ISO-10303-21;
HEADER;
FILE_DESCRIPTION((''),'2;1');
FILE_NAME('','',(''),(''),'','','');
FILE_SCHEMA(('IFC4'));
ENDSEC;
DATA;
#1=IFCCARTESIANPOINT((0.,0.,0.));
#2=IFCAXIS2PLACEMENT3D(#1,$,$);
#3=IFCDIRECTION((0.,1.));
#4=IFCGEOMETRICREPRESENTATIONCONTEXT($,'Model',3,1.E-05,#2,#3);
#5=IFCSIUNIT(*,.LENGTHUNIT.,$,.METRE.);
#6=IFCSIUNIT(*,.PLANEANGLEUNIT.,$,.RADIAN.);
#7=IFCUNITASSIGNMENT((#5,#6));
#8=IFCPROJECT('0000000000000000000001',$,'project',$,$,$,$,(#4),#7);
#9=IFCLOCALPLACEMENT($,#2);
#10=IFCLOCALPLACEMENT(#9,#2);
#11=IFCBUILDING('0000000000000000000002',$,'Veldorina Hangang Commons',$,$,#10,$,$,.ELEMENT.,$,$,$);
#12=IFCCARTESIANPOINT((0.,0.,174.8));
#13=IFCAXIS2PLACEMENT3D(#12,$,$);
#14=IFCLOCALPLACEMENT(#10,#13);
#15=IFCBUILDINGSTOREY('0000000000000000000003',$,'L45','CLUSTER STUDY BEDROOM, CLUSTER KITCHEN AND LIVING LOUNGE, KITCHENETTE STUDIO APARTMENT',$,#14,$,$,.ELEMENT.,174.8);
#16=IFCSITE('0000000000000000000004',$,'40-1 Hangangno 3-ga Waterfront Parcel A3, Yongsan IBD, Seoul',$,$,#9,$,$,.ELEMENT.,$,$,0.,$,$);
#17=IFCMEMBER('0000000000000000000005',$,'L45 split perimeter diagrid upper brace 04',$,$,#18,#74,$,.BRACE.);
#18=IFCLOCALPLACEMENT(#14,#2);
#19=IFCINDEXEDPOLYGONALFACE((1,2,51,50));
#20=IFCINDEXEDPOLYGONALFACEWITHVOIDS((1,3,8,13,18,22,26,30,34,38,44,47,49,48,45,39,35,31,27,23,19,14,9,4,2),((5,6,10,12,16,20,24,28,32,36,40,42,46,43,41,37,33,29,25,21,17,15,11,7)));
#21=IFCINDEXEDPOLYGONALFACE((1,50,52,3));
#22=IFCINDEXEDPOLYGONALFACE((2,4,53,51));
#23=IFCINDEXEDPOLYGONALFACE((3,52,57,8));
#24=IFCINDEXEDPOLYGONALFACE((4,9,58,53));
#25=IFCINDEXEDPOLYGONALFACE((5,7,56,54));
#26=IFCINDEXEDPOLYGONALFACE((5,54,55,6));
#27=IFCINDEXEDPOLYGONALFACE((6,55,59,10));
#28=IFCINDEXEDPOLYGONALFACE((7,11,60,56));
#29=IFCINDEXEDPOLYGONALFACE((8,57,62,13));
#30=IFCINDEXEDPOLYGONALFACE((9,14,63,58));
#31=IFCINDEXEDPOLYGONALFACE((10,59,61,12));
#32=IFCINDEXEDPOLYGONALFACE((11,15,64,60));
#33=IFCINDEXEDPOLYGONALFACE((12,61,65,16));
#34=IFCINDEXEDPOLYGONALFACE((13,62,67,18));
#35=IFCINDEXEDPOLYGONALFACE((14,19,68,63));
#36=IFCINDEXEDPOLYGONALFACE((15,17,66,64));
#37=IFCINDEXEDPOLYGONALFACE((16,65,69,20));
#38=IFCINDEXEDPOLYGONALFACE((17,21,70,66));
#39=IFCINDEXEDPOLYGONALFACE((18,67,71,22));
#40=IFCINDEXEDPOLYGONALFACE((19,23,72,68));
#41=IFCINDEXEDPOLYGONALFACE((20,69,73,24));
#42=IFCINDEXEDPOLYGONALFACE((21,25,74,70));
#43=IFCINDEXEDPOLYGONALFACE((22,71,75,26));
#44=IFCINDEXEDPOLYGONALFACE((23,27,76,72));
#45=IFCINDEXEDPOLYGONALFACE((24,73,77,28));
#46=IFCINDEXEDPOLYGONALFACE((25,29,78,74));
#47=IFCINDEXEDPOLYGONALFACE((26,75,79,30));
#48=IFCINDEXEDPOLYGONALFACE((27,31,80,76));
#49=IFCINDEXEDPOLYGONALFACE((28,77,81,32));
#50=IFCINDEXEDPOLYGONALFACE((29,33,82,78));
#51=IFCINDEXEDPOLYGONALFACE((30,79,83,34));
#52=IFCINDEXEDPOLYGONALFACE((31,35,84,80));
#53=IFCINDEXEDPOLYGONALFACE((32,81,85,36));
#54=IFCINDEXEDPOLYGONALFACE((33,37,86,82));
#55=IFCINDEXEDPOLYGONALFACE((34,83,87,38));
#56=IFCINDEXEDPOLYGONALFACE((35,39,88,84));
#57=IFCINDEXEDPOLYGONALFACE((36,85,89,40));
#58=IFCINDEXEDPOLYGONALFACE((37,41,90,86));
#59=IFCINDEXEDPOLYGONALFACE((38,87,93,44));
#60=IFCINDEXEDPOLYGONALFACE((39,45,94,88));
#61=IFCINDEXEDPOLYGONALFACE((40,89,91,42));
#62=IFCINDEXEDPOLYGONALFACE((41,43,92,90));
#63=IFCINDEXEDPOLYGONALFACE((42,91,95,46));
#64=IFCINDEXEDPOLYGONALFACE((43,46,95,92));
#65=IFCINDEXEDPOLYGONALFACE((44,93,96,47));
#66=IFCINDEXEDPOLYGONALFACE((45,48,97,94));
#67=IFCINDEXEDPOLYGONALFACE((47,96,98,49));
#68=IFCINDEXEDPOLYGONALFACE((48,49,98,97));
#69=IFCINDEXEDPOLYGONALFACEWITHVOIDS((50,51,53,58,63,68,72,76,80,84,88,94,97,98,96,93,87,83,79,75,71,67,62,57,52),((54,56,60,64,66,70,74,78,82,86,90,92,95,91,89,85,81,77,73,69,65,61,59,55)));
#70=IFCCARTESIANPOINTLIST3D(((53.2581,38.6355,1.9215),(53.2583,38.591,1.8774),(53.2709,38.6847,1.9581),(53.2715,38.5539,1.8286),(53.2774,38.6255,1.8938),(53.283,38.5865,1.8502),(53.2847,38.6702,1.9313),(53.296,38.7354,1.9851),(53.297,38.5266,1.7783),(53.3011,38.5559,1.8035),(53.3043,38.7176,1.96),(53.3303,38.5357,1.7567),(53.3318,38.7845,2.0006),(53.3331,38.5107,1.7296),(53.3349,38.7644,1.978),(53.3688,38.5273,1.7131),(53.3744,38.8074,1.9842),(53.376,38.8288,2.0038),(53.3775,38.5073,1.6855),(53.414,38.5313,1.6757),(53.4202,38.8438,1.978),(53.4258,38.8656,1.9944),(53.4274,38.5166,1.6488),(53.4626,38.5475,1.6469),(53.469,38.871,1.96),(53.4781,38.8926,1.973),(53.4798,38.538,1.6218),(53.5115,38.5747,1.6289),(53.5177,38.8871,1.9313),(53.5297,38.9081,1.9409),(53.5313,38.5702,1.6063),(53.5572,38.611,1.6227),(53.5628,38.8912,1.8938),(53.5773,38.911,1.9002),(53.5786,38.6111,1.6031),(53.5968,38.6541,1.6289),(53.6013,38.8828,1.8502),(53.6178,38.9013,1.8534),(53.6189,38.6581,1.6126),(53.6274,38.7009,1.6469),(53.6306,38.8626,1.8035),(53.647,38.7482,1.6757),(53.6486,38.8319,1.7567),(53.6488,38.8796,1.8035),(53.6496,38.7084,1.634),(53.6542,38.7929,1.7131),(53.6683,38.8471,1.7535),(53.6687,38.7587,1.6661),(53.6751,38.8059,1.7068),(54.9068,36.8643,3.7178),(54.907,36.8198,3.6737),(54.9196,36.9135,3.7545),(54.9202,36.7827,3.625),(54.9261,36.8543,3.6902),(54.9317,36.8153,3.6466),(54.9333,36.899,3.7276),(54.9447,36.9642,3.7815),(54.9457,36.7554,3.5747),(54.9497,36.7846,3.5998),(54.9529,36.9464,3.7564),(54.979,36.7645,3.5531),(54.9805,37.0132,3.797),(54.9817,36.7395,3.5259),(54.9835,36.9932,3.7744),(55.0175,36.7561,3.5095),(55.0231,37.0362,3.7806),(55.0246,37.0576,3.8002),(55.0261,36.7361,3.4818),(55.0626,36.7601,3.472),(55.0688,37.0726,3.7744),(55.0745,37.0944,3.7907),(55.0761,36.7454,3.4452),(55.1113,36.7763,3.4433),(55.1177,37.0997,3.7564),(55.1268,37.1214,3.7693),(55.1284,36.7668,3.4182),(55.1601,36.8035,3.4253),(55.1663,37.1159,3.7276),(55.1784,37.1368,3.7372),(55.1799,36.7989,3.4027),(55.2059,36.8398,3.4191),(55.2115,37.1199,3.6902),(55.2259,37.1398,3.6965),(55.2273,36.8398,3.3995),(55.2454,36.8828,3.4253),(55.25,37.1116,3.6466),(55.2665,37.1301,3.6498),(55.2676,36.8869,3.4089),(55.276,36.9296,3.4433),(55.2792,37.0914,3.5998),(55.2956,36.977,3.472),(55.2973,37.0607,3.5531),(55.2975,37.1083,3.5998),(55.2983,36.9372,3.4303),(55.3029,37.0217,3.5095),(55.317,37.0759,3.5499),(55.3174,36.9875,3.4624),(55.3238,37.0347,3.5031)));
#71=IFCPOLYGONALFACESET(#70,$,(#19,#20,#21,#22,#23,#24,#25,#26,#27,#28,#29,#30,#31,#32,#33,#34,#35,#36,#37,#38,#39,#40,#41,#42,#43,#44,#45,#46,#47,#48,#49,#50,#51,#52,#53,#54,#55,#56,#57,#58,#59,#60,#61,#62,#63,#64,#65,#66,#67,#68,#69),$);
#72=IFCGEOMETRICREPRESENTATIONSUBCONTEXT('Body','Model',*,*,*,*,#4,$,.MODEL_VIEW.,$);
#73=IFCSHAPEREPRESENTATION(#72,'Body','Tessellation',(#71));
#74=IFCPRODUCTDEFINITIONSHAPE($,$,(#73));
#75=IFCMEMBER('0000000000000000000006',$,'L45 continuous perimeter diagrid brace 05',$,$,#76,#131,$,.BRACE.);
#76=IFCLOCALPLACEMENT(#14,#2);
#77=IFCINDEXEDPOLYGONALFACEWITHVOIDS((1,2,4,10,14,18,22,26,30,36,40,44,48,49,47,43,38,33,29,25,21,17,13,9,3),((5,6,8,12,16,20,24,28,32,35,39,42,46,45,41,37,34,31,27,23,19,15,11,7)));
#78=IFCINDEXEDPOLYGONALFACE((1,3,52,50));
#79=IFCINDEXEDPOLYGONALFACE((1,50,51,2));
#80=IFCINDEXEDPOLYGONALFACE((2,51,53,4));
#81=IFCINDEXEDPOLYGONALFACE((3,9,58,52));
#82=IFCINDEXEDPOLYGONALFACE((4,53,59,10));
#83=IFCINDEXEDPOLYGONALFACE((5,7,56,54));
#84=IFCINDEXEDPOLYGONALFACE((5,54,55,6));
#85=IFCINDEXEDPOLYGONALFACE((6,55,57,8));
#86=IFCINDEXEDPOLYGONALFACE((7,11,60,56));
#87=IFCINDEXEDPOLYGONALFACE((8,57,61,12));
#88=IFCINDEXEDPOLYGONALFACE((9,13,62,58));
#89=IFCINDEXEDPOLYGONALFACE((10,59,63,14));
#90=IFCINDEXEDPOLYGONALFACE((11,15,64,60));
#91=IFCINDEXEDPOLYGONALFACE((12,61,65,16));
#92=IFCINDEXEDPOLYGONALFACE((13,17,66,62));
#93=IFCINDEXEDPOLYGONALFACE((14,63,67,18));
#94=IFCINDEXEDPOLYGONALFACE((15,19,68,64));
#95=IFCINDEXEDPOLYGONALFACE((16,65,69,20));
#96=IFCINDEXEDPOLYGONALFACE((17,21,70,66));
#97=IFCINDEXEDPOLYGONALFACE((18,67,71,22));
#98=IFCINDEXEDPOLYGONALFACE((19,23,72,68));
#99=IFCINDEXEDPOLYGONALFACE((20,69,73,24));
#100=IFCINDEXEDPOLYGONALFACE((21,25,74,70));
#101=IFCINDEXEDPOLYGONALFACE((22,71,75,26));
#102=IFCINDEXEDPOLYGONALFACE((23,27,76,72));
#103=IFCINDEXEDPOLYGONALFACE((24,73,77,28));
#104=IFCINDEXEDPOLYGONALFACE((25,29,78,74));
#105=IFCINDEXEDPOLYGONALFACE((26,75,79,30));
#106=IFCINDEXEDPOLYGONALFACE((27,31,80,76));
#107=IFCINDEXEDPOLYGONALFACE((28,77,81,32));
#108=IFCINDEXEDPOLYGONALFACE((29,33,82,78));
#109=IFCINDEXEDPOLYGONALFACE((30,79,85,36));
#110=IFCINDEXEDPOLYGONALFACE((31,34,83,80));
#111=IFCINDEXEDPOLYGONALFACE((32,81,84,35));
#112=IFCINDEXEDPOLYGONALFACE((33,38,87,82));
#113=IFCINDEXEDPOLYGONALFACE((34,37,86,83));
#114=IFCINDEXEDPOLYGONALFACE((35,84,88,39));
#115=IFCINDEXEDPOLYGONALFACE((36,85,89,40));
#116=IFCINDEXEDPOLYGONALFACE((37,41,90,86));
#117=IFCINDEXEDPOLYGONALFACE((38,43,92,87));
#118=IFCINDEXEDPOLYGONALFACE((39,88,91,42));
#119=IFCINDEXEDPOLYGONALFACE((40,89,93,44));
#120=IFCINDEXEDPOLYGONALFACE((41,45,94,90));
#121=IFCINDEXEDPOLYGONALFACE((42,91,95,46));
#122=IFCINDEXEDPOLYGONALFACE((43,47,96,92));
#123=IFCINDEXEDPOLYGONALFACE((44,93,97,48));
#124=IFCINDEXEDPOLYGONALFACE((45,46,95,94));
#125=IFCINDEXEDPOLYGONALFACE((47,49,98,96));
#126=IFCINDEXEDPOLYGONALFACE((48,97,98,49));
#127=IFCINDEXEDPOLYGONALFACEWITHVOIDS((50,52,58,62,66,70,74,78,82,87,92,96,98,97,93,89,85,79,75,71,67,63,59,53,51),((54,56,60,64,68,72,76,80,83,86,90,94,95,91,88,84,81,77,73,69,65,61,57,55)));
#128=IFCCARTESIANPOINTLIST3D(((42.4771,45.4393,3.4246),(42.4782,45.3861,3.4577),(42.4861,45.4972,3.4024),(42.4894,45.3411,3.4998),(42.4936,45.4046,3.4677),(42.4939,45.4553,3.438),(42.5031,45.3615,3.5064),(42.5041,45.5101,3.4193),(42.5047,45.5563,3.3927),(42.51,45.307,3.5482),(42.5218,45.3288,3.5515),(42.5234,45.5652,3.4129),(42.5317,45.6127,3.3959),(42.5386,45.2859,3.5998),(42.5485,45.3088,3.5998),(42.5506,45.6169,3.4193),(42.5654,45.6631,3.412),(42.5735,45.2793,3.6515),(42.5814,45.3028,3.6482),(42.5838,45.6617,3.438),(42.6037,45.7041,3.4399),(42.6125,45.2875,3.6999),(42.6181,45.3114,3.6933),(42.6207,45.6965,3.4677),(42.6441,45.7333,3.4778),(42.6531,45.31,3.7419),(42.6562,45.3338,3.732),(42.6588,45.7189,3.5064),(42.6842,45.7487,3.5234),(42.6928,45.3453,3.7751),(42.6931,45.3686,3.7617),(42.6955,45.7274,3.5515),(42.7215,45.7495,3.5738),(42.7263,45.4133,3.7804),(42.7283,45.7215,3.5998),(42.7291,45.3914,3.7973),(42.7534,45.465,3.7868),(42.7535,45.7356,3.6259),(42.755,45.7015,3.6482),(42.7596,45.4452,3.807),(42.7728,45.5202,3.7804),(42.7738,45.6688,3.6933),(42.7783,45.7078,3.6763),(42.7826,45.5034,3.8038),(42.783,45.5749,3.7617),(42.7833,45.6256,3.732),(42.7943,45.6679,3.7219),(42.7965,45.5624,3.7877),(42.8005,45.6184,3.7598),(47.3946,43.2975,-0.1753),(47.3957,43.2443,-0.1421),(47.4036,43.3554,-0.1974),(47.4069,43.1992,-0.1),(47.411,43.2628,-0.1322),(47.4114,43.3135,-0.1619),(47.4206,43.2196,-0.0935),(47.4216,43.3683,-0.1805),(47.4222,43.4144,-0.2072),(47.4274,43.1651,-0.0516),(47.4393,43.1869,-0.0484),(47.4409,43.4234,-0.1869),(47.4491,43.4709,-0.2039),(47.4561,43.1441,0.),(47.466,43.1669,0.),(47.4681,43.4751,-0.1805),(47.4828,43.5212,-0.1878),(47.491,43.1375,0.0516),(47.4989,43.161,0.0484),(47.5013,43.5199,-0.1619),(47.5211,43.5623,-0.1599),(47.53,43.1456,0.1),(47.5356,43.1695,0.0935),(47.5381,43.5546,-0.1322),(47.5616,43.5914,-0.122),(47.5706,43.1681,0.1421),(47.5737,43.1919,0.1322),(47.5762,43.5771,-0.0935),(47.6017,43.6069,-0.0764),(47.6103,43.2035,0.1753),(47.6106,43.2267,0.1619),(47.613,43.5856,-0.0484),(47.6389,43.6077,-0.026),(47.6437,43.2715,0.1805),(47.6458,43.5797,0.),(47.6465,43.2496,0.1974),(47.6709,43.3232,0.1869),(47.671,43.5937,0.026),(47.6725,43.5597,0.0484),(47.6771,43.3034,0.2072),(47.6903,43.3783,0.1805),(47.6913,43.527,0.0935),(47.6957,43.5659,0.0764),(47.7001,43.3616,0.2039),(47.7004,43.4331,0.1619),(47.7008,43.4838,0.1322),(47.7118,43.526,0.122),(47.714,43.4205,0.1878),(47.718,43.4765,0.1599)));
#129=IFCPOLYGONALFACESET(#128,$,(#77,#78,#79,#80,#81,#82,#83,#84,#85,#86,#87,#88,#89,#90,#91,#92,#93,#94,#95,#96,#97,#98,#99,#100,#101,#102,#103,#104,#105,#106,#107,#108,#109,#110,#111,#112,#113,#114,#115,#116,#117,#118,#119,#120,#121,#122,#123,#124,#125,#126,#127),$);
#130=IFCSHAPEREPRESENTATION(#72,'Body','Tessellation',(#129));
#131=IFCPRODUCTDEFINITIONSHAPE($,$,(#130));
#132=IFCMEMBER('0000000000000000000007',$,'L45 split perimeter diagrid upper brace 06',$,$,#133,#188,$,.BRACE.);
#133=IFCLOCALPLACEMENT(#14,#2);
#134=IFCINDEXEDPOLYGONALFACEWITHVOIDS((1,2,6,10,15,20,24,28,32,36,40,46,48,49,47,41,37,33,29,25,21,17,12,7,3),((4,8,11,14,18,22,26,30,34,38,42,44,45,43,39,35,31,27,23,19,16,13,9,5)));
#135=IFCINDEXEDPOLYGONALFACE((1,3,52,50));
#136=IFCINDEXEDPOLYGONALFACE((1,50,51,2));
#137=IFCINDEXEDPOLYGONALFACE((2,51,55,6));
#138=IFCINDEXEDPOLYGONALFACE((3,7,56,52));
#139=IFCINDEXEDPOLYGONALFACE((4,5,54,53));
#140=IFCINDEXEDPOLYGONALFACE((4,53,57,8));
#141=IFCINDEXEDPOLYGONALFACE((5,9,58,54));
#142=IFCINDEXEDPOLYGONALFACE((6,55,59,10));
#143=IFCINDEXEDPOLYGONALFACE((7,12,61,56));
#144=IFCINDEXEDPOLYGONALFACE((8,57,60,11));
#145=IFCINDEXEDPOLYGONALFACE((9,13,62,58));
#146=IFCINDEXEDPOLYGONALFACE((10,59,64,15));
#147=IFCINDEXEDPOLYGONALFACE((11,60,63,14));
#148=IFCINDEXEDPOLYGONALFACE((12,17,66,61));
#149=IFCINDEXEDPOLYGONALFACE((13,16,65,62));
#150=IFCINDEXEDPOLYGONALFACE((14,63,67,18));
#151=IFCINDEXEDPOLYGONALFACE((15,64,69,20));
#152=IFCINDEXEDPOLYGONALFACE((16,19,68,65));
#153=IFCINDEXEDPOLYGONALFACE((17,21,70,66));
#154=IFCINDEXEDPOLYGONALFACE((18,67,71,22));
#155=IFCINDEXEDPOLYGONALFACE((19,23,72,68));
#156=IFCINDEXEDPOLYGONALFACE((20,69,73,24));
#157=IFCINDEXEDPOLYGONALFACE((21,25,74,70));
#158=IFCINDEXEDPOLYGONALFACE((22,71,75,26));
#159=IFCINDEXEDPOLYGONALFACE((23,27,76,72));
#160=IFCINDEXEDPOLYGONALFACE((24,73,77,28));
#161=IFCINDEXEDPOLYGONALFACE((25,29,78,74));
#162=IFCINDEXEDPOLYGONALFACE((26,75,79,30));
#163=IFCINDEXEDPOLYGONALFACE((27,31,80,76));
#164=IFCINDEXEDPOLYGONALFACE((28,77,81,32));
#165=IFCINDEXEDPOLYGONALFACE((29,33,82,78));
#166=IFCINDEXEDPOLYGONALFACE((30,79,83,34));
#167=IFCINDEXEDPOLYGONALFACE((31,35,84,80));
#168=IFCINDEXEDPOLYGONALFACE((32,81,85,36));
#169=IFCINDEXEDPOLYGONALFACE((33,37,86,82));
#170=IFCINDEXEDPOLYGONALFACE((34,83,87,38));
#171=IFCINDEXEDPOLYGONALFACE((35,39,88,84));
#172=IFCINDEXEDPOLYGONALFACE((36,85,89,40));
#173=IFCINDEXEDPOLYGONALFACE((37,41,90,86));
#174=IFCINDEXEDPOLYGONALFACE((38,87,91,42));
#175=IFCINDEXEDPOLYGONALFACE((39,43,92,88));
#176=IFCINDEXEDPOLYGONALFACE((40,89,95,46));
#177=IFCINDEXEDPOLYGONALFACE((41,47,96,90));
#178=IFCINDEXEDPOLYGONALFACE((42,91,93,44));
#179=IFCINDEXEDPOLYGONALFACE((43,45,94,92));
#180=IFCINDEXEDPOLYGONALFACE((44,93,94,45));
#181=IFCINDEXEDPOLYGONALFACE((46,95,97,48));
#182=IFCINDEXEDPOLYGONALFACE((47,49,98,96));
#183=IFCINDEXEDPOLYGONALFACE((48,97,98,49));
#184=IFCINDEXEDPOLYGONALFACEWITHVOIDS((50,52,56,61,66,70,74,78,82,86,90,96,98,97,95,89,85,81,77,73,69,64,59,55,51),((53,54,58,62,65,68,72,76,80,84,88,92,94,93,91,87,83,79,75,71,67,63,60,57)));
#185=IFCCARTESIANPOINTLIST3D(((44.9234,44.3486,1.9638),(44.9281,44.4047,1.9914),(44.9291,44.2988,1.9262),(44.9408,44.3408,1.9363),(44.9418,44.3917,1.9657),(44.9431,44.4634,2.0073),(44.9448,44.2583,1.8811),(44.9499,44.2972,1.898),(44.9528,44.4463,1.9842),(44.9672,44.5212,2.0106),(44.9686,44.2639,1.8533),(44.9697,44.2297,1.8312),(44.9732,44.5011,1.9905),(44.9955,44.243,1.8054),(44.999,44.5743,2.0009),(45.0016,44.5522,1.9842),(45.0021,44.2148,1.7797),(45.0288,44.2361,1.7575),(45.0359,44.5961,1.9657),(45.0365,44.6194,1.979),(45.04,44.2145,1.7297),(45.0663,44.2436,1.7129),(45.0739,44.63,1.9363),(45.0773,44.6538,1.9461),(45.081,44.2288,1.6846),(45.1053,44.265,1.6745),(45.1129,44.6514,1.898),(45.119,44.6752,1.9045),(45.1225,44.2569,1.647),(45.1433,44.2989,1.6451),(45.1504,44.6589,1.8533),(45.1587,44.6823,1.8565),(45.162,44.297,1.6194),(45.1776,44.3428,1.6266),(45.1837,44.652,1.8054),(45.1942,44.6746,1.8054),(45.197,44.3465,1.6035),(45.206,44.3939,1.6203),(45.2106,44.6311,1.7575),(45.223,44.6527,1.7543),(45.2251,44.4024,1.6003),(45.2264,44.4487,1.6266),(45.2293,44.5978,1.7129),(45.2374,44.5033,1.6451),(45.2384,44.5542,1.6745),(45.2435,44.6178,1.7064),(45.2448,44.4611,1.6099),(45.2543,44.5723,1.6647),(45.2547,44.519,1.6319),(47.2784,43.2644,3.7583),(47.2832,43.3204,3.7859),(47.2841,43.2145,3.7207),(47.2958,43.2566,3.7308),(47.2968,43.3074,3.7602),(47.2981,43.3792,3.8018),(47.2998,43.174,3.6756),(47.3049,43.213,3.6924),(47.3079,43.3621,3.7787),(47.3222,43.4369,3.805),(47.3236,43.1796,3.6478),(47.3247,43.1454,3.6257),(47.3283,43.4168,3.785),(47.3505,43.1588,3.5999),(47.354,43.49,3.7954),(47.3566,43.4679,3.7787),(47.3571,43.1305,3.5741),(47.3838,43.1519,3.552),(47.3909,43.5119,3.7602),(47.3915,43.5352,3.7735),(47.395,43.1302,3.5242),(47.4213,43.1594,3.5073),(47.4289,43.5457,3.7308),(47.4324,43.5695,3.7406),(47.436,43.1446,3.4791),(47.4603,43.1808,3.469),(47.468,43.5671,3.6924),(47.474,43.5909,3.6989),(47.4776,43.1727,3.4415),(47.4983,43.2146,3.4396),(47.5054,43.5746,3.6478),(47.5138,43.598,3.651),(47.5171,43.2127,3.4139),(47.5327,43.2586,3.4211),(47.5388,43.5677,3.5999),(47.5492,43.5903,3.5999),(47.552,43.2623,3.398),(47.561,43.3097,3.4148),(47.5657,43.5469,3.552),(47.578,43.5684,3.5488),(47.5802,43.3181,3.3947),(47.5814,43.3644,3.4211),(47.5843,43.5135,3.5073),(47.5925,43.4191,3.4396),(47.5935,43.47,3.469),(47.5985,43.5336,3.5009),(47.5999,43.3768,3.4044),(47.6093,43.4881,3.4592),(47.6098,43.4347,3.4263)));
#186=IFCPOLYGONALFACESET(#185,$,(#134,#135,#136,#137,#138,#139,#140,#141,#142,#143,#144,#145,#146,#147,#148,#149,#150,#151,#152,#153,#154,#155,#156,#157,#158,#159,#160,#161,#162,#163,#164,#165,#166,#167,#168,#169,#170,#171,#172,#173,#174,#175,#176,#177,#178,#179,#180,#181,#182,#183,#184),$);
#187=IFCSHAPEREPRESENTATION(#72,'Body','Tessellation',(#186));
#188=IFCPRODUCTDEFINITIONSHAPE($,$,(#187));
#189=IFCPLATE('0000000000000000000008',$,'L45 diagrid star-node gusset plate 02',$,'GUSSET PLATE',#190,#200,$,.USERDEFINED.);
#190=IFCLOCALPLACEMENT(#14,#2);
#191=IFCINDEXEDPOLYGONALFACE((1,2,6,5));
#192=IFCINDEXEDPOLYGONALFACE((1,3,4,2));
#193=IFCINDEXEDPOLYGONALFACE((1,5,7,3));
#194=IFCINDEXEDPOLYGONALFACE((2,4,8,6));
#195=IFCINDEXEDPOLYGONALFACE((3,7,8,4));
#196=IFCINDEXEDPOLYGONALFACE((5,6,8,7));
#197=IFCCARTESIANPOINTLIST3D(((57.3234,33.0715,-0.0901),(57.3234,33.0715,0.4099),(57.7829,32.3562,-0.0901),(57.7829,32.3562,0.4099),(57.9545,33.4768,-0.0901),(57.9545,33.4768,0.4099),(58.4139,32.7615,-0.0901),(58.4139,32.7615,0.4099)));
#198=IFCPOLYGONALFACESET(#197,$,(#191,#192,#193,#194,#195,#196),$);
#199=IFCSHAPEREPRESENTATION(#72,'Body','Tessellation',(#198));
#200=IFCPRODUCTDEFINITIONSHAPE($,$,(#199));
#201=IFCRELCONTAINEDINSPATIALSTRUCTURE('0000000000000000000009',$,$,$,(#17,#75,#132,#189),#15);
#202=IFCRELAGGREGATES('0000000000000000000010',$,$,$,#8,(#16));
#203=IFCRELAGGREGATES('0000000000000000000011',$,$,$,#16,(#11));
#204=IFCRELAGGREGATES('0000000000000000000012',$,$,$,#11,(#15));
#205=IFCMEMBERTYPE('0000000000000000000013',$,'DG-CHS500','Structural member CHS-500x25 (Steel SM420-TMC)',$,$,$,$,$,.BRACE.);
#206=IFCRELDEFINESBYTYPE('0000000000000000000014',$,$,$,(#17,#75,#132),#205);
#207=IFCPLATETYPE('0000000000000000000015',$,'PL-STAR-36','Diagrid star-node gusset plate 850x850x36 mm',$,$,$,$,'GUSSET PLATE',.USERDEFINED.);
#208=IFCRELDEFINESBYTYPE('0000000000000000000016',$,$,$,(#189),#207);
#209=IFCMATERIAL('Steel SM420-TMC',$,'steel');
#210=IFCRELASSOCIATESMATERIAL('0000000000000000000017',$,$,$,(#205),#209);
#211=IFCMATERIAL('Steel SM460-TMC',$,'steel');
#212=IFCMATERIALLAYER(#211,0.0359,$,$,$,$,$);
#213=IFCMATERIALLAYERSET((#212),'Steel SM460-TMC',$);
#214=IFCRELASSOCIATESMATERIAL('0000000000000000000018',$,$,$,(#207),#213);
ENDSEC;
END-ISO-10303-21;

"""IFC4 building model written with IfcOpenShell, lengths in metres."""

from ifc_helpers import new_model, si_unit, direction, frame, origin, origin_2d, place, context, subcontext, project, spatial, rectangle, hollow_circle, extrude, material, layer, layer_set, material_profile, profile_set, type_object, element, save


model = new_model("IFC4")

# Units and contexts
model_context = context("Model", 3, precision=1e-05, world=origin(), true_north=direction((0.0, 1.0)))
body_context = subcontext(model_context, "Body", "Model", "MODEL_VIEW")
ifc_project = project(units=[si_unit("LENGTHUNIT", "METRE"), si_unit("PLANEANGLEUNIT", "RADIAN")], contexts=[model_context])

# Site, building, storey
site_placement = place(None, origin())
site = spatial("IfcSite", under=ifc_project, at=site_placement, Name="40-1 Hangangno 3-ga Waterfront Parcel A3, Yongsan IBD, Seoul", CompositionType="ELEMENT", RefElevation=0.0)
building_placement = place(site_placement, origin())
building = spatial("IfcBuilding", under=site, at=building_placement, Name="Veldorina Hangang Commons", CompositionType="ELEMENT")
storey_placement = place(building_placement, frame((0.0, 0.0, 174.8)))
storey = spatial("IfcBuildingStorey", under=building, at=storey_placement, Name="L45", Description="CLUSTER STUDY BEDROOM, CLUSTER KITCHEN AND LIVING LOUNGE, KITCHENETTE STUDIO APARTMENT", CompositionType="ELEMENT", Elevation=174.8)

# Shared definitions
ifc_material_1 = material(Name="Steel SM420-TMC", Category="steel")

# Members
ifc_material_profile_1 = material_profile(ifc_material_1, hollow_circle(Radius=0.25, WallThickness=0.0249, at=origin_2d()), Name="CHS-500x25")
ifc_profile_set_1 = profile_set([ifc_material_profile_1], Name="Steel SM420-TMC")
member_type = type_object("IfcMemberType", Name="DG-CHS500", Description="Structural member CHS-500x25 (Steel SM420-TMC)", PredefinedType="BRACE", material=ifc_profile_set_1)
member_1_placement = place(storey_placement, frame((53.4658, 38.7092, 1.8035), z_axis=(0.54706, -0.587727, 0.596072), x_axis=(0.731977, 0.681329, 0.0)))
element("IfcMember", 1, at=member_1_placement, inside=storey, type_object=member_type, Name="L45 split perimeter diagrid upper brace 04", PredefinedType="BRACE", context=body_context, shape_type="SweptSolid", body=[
    extrude(hollow_circle(Radius=0.25, WallThickness=0.0249, at=origin_2d()), origin(), (0.0, 0.0, 1.0), 3.0137),
])
member_2_placement = place(storey_placement, frame((47.5559, 43.3733, 0.0), z_axis=(-0.761252, 0.331569, 0.557276), x_axis=(-0.399324, -0.91681, 0.0)))
element("IfcMember", 2, at=member_2_placement, inside=storey, type_object=member_type, Name="L45 continuous perimeter diagrid brace 05", PredefinedType="BRACE", context=body_context, shape_type="SweptSolid", body=[
    extrude(hollow_circle(Radius=0.25, WallThickness=0.0249, at=origin_2d()), origin(), (0.0, 0.0, 1.0), 6.4597),
])
member_3_placement = place(storey_placement, frame((45.0896, 44.4475, 1.8054), z_axis=(0.746899, -0.343871, 0.569118), x_axis=(0.418204, 0.908353, 0.0)))
element("IfcMember", 3, at=member_3_placement, inside=storey, type_object=member_type, Name="L45 split perimeter diagrid upper brace 06", PredefinedType="BRACE", context=body_context, shape_type="SweptSolid", body=[
    extrude(hollow_circle(Radius=0.25, WallThickness=0.0249, at=origin_2d()), origin(), (0.0, 0.0, 1.0), 3.1531),
])

# Plate
ifc_material_2 = material(Name="Steel SM460-TMC", Category="steel")
ifc_layer_1 = layer(ifc_material_2, 0.0359)
ifc_layer_set_1 = layer_set([ifc_layer_1], Name="Steel SM460-TMC")
plate_type = type_object("IfcPlateType", Name="PL-STAR-36", Description="Diagrid star-node gusset plate 850x850x36 mm", ElementType="GUSSET PLATE", PredefinedType="USERDEFINED", material=ifc_layer_set_1)
for number, where, z_axis, x_axis, name in (
    (4, (57.8687, 32.9165, -0.0901), (0.0, 0.0, 1.0), (-0.540446, 0.841379, 0.0), "L45 diagrid star-node gusset plate 02"),
):
    element("IfcPlate", number, at=place(storey_placement, frame(where, z_axis=z_axis, x_axis=x_axis)), inside=storey, type_object=plate_type, Name=name, ObjectType="GUSSET PLATE", PredefinedType="USERDEFINED", context=body_context, shape_type="SweptSolid", body=[
        extrude(rectangle(XDim=0.8501, YDim=0.75, at=origin_2d()), origin(), (0.0, 0.0, 1.0), 0.5),
    ])

save(model, "model.ifc")
